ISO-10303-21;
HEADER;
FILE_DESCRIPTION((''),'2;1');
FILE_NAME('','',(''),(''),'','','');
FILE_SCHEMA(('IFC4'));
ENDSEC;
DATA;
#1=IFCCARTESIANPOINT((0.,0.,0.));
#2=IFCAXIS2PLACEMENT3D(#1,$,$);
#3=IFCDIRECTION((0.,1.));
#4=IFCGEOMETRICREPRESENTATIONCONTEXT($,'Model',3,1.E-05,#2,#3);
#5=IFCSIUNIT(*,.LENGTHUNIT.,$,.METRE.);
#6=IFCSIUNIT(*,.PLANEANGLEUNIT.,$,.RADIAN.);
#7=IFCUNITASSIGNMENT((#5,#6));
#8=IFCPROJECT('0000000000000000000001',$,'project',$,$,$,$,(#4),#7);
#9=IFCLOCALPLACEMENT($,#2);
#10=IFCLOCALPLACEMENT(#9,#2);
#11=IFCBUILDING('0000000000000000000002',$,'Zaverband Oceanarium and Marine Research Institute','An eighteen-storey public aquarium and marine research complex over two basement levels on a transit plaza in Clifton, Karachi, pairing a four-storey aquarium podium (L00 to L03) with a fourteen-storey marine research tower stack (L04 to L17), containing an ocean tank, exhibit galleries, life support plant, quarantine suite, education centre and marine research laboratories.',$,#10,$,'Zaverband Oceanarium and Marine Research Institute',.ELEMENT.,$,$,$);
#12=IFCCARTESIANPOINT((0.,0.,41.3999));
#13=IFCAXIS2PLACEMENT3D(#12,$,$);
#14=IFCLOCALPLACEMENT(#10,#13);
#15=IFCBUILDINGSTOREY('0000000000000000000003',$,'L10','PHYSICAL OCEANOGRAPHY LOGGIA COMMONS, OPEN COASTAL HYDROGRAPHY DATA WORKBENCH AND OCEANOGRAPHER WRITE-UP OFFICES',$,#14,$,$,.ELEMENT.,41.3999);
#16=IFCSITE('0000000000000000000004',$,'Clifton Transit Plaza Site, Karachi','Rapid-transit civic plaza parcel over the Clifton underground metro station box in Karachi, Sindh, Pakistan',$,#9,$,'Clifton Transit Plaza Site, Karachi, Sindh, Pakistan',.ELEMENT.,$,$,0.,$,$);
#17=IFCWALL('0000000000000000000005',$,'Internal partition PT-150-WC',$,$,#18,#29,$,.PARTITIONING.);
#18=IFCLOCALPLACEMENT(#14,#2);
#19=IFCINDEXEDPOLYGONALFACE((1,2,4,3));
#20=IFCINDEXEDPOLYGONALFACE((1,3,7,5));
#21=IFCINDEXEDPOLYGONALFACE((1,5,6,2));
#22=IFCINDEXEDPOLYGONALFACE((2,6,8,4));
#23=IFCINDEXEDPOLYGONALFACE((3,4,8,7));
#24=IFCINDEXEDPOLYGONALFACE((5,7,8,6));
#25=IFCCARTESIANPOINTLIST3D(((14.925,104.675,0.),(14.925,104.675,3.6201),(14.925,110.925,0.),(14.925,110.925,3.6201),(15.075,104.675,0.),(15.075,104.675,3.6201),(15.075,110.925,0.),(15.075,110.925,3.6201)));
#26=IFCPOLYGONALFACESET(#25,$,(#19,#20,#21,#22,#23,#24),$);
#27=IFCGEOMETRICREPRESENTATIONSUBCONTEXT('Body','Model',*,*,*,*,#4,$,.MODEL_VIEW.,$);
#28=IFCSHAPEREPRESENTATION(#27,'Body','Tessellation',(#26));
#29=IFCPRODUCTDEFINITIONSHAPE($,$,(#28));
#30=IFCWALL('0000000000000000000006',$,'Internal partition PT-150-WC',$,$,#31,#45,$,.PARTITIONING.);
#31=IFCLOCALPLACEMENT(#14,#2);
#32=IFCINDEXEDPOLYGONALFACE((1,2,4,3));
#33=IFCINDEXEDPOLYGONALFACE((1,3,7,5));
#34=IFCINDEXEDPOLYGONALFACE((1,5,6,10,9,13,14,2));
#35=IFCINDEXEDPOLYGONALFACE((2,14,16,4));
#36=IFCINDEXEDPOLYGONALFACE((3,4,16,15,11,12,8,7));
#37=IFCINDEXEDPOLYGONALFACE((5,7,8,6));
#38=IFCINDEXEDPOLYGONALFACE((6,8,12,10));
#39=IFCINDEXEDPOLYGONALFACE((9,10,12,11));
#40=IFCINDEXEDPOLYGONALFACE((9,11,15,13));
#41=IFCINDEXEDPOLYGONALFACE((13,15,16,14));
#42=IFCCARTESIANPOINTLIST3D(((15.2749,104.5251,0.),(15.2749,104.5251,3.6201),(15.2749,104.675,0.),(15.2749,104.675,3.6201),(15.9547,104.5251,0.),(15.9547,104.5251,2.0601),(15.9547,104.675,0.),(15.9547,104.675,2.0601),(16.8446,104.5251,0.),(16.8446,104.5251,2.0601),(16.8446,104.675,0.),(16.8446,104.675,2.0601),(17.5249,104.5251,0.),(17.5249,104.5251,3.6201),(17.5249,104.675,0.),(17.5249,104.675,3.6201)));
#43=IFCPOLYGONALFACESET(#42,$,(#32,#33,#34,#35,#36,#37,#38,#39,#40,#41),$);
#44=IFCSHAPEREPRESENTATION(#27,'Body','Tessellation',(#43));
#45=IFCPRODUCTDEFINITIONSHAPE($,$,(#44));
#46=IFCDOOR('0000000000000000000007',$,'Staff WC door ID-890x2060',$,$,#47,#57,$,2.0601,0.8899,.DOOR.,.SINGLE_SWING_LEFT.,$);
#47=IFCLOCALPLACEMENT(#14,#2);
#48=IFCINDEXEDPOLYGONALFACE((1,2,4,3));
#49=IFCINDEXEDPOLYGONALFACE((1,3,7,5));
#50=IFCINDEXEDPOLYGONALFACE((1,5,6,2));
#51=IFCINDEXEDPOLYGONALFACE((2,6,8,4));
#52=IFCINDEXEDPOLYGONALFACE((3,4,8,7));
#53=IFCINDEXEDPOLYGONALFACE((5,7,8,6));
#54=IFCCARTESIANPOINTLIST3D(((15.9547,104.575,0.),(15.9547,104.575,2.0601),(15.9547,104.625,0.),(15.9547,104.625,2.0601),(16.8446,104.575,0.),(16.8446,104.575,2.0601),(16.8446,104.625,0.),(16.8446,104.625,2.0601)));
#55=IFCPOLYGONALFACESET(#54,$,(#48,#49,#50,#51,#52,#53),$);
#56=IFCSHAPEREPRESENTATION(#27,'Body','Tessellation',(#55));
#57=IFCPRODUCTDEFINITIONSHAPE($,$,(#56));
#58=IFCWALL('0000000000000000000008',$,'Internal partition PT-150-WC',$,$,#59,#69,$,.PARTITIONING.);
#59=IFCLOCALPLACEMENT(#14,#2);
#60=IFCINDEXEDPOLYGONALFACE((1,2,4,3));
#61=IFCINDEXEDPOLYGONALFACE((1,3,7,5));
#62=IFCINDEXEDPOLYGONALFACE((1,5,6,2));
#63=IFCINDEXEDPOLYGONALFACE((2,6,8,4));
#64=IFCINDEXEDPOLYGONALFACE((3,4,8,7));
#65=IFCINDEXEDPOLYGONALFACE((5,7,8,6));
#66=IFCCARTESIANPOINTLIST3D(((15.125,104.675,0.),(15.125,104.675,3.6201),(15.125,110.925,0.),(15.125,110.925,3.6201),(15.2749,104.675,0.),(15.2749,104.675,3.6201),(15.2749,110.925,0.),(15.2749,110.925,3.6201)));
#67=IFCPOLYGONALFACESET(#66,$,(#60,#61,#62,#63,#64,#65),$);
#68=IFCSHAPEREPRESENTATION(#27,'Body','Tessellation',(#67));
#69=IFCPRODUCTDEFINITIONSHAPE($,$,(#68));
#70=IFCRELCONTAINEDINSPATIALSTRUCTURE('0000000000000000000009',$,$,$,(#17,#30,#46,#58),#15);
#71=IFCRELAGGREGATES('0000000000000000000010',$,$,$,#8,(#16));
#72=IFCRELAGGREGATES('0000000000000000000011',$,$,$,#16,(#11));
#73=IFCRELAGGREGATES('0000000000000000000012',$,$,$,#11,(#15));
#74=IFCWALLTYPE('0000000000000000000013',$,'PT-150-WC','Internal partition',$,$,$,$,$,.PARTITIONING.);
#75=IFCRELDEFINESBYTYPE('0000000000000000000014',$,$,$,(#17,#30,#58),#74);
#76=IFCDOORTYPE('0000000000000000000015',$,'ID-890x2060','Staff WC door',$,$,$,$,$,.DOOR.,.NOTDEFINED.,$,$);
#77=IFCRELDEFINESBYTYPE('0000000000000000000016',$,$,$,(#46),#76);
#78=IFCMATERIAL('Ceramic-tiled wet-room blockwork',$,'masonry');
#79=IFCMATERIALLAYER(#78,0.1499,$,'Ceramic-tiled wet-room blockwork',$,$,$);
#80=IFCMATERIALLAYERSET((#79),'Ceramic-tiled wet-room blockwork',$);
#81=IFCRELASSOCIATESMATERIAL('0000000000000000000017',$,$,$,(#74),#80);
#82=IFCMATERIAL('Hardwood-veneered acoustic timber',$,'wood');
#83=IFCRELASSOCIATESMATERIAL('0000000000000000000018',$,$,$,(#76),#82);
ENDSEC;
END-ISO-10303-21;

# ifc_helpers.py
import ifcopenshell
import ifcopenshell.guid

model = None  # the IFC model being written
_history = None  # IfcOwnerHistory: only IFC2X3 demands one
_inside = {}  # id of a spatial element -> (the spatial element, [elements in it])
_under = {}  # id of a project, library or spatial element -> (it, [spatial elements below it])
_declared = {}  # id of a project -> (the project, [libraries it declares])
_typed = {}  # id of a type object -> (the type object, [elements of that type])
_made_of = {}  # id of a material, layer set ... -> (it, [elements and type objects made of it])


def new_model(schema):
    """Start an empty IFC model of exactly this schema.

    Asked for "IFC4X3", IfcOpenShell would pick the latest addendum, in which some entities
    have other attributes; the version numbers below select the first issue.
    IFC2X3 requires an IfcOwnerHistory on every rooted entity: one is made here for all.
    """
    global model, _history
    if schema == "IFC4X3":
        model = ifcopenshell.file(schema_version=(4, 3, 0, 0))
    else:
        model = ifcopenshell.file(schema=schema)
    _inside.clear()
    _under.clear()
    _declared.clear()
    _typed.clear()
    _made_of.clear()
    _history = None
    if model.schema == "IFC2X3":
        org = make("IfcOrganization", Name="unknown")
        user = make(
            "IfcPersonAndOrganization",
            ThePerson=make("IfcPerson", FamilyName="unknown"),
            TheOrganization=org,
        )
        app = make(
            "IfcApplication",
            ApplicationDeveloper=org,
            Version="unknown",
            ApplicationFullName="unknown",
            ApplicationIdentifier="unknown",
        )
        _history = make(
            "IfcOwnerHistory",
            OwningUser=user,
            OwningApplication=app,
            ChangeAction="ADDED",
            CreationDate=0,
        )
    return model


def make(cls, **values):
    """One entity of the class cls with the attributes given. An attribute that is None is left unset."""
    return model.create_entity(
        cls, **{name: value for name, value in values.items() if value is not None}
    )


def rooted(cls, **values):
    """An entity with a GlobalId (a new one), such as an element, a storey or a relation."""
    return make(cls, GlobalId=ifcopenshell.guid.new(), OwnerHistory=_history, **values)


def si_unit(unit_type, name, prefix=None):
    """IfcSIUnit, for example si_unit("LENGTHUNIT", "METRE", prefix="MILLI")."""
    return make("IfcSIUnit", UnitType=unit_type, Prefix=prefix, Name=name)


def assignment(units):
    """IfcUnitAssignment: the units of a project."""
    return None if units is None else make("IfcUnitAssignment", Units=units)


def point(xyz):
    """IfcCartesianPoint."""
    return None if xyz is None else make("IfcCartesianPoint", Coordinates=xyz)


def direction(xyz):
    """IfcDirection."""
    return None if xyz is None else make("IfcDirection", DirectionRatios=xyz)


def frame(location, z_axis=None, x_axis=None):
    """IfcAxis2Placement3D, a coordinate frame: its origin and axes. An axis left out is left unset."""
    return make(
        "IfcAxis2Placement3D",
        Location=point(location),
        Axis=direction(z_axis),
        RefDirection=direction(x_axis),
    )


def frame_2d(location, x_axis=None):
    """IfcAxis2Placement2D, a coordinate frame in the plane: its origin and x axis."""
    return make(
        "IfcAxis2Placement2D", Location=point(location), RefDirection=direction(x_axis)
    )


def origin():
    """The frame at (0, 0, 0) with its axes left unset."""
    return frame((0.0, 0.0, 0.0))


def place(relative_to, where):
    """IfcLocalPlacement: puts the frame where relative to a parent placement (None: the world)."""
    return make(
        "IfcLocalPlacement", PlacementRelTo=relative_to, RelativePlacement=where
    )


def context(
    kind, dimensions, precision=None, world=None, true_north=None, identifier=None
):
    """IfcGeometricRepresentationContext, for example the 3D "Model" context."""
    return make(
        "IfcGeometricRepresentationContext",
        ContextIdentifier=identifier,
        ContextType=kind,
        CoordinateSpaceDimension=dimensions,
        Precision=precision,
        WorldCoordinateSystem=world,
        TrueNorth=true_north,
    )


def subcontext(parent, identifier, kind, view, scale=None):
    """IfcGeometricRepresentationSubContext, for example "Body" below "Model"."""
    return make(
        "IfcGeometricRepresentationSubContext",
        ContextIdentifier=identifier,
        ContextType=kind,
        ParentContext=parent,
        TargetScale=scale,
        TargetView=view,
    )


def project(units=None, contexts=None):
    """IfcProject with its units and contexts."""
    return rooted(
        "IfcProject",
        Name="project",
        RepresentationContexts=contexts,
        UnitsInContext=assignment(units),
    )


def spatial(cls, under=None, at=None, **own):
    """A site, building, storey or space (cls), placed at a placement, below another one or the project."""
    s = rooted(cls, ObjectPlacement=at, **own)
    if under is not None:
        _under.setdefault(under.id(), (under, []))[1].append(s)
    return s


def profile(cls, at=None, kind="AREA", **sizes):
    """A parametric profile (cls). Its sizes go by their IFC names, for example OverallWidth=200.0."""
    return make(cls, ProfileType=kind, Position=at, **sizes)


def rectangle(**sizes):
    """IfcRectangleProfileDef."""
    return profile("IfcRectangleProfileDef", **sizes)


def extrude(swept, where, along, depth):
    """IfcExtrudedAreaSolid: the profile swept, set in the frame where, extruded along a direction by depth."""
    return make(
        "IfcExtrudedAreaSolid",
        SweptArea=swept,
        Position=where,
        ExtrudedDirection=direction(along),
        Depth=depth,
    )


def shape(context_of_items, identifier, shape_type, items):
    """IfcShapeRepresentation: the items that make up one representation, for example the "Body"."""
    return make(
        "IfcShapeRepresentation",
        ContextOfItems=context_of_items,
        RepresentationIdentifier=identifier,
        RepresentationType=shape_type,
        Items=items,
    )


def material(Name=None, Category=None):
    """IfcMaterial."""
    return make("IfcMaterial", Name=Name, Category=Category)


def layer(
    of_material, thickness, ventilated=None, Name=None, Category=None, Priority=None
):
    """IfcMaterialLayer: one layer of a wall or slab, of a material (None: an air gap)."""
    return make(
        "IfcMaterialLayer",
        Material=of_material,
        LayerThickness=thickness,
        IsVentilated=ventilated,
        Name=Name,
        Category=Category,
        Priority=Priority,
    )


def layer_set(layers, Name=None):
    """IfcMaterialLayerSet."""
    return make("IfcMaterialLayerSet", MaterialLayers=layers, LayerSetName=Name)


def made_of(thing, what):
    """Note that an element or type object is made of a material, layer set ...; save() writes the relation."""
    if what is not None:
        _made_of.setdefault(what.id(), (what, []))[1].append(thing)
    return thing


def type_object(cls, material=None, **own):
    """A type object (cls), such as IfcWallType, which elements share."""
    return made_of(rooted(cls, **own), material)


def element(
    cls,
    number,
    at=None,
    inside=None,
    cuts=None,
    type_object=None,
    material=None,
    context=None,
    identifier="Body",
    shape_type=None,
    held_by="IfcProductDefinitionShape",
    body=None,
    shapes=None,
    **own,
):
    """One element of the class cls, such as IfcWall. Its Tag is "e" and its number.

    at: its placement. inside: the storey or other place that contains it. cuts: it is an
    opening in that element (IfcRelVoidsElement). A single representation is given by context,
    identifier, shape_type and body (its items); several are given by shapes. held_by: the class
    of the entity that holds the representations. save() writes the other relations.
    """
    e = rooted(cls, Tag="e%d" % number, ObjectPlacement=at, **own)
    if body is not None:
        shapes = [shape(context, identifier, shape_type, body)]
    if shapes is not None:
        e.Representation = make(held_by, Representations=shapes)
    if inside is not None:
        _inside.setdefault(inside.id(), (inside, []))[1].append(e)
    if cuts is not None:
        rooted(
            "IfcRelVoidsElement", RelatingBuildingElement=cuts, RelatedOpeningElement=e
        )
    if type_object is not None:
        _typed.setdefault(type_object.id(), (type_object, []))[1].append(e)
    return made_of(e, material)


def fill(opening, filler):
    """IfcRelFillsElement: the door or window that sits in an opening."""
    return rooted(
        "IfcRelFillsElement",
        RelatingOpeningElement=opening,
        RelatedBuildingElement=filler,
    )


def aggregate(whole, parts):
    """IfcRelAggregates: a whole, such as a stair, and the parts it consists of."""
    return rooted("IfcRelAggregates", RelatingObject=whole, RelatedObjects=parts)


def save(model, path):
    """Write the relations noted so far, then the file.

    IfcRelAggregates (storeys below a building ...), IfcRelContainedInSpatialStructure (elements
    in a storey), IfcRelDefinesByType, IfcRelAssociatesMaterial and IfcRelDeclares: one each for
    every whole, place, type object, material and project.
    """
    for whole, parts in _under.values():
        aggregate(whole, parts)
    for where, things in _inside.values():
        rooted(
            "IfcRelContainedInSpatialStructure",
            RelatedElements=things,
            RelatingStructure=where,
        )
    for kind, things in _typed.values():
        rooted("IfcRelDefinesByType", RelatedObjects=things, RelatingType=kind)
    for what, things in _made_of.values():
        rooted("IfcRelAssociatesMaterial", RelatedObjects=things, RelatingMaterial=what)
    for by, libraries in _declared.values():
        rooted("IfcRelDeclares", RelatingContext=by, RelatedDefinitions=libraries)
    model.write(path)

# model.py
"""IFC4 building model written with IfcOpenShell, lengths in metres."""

from ifc_helpers import new_model, si_unit, direction, frame, frame_2d, origin, place, context, subcontext, project, spatial, rectangle, extrude, material, layer, layer_set, type_object, element, fill, save


model = new_model("IFC4")

# Units and contexts
model_context = context("Model", 3, precision=1e-05, world=origin(), true_north=direction((0.0, 1.0)))
body_context = subcontext(model_context, "Body", "Model", "MODEL_VIEW")
ifc_project = project(units=[si_unit("LENGTHUNIT", "METRE"), si_unit("PLANEANGLEUNIT", "RADIAN")], contexts=[model_context])

# Site, building, storey
site_placement = place(None, origin())
site = spatial("IfcSite", under=ifc_project, at=site_placement, Name="Clifton Transit Plaza Site, Karachi", Description="Rapid-transit civic plaza parcel over the Clifton underground metro station box in Karachi, Sindh, Pakistan", LongName="Clifton Transit Plaza Site, Karachi, Sindh, Pakistan", CompositionType="ELEMENT", RefElevation=0.0)
building_placement = place(site_placement, origin())
building = spatial("IfcBuilding", under=site, at=building_placement, Name="Zaverband Oceanarium and Marine Research Institute", Description="An eighteen-storey public aquarium and marine research complex over two basement levels on a transit plaza in Clifton, Karachi, pairing a four-storey aquarium podium (L00 to L03) with a fourteen-storey marine research tower stack (L04 to L17), containing an ocean tank, exhibit galleries, life support plant, quarantine suite, education centre and marine research laboratories.", LongName="Zaverband Oceanarium and Marine Research Institute", CompositionType="ELEMENT")
storey_placement = place(building_placement, frame((0.0, 0.0, 41.3999)))
storey = spatial("IfcBuildingStorey", under=building, at=storey_placement, Name="L10", Description="PHYSICAL OCEANOGRAPHY LOGGIA COMMONS, OPEN COASTAL HYDROGRAPHY DATA WORKBENCH AND OCEANOGRAPHER WRITE-UP OFFICES", CompositionType="ELEMENT", Elevation=41.3999)

# Shared definitions
ifc_material_1 = material(Name="Ceramic-tiled wet-room blockwork", Category="masonry")
ifc_layer_1 = layer(ifc_material_1, 0.1499, Name="Ceramic-tiled wet-room blockwork")
ifc_layer_set_1 = layer_set([ifc_layer_1], Name="Ceramic-tiled wet-room blockwork")
wall_type_1 = type_object("IfcWallType", Name="PT-150-WC", Description="Internal partition", PredefinedType="PARTITIONING", material=ifc_layer_set_1)
ifc_material_2 = material(Name="Hardwood-veneered acoustic timber", Category="wood")

# Wall
for number, where, z_axis, x_axis, name in (
    (1, (15.0, 104.675, 0.0), (0.0, 0.0, 1.0), (0.0, 1.0, 0.0), "Internal partition PT-150-WC"),
):
    element("IfcWall", number, at=place(storey_placement, frame(where, z_axis=z_axis, x_axis=x_axis)), inside=storey, type_object=wall_type_1, Name=name, PredefinedType="PARTITIONING", context=body_context, shape_type="SweptSolid", body=[
        extrude(rectangle(XDim=6.25, YDim=0.1499, at=frame_2d((3.125, 0.0))), origin(), (0.0, 0.0, 1.0), 3.6201),
    ])

# Wall, opening, door
wall_1_placement = place(storey_placement, frame((15.2749, 104.6001, 0.0), z_axis=(0.0, 0.0, 1.0), x_axis=(1.0, 0.0, 0.0)))
wall_1 = element("IfcWall", 2, at=wall_1_placement, inside=storey, type_object=wall_type_1, Name="Internal partition PT-150-WC", PredefinedType="PARTITIONING", context=body_context, shape_type="SweptSolid", body=[
    extrude(rectangle(XDim=2.25, YDim=0.1499, at=frame_2d((1.125, 0.0))), origin(), (0.0, 0.0, 1.0), 3.6201),
])
opening_1_placement = place(wall_1_placement, frame((0.6799, 0.0, 0.0)))
opening_1 = element("IfcOpeningElement", 3, at=opening_1_placement, cuts=wall_1, PredefinedType="OPENING", context=body_context, shape_type="SweptSolid", body=[
    extrude(rectangle(XDim=0.8899, YDim=2.0601, at=frame_2d((0.4448, 1.03))), frame((0.0, 0.0869, 0.0), z_axis=(0.0, -1.0, 0.0), x_axis=(1.0, 0.0, 0.0)), (0.0, 0.0, 1.0), 0.1738),
])
door_type_1 = type_object("IfcDoorType", Name="ID-890x2060", Description="Staff WC door", OperationType="NOTDEFINED", PredefinedType="DOOR", material=ifc_material_2)
door_1_placement = place(opening_1_placement, origin())
door_1 = element("IfcDoor", 4, at=door_1_placement, inside=storey, type_object=door_type_1, Name="Staff WC door ID-890x2060", OperationType="SINGLE_SWING_LEFT", OverallHeight=2.0601, OverallWidth=0.8899, PredefinedType="DOOR", context=body_context, shape_type="SweptSolid", body=[
    extrude(rectangle(XDim=0.8899, YDim=2.0601, at=frame_2d((0.4448, 1.03))), frame((0.0, 0.0249, 0.0), z_axis=(0.0, -1.0, 0.0), x_axis=(1.0, 0.0, 0.0)), (0.0, 0.0, 1.0), 0.05),
])
fill(opening_1, door_1)

# Wall
wall_2_placement = place(storey_placement, frame((15.2, 104.675, 0.0), z_axis=(0.0, 0.0, 1.0), x_axis=(0.0, 1.0, 0.0)))
element("IfcWall", 5, at=wall_2_placement, inside=storey, type_object=wall_type_1, Name="Internal partition PT-150-WC", PredefinedType="PARTITIONING", context=body_context, shape_type="SweptSolid", body=[
    extrude(rectangle(XDim=6.25, YDim=0.1499, at=frame_2d((3.125, 0.0))), origin(), (0.0, 0.0, 1.0), 3.6201),
])

save(model, "model.ifc")
